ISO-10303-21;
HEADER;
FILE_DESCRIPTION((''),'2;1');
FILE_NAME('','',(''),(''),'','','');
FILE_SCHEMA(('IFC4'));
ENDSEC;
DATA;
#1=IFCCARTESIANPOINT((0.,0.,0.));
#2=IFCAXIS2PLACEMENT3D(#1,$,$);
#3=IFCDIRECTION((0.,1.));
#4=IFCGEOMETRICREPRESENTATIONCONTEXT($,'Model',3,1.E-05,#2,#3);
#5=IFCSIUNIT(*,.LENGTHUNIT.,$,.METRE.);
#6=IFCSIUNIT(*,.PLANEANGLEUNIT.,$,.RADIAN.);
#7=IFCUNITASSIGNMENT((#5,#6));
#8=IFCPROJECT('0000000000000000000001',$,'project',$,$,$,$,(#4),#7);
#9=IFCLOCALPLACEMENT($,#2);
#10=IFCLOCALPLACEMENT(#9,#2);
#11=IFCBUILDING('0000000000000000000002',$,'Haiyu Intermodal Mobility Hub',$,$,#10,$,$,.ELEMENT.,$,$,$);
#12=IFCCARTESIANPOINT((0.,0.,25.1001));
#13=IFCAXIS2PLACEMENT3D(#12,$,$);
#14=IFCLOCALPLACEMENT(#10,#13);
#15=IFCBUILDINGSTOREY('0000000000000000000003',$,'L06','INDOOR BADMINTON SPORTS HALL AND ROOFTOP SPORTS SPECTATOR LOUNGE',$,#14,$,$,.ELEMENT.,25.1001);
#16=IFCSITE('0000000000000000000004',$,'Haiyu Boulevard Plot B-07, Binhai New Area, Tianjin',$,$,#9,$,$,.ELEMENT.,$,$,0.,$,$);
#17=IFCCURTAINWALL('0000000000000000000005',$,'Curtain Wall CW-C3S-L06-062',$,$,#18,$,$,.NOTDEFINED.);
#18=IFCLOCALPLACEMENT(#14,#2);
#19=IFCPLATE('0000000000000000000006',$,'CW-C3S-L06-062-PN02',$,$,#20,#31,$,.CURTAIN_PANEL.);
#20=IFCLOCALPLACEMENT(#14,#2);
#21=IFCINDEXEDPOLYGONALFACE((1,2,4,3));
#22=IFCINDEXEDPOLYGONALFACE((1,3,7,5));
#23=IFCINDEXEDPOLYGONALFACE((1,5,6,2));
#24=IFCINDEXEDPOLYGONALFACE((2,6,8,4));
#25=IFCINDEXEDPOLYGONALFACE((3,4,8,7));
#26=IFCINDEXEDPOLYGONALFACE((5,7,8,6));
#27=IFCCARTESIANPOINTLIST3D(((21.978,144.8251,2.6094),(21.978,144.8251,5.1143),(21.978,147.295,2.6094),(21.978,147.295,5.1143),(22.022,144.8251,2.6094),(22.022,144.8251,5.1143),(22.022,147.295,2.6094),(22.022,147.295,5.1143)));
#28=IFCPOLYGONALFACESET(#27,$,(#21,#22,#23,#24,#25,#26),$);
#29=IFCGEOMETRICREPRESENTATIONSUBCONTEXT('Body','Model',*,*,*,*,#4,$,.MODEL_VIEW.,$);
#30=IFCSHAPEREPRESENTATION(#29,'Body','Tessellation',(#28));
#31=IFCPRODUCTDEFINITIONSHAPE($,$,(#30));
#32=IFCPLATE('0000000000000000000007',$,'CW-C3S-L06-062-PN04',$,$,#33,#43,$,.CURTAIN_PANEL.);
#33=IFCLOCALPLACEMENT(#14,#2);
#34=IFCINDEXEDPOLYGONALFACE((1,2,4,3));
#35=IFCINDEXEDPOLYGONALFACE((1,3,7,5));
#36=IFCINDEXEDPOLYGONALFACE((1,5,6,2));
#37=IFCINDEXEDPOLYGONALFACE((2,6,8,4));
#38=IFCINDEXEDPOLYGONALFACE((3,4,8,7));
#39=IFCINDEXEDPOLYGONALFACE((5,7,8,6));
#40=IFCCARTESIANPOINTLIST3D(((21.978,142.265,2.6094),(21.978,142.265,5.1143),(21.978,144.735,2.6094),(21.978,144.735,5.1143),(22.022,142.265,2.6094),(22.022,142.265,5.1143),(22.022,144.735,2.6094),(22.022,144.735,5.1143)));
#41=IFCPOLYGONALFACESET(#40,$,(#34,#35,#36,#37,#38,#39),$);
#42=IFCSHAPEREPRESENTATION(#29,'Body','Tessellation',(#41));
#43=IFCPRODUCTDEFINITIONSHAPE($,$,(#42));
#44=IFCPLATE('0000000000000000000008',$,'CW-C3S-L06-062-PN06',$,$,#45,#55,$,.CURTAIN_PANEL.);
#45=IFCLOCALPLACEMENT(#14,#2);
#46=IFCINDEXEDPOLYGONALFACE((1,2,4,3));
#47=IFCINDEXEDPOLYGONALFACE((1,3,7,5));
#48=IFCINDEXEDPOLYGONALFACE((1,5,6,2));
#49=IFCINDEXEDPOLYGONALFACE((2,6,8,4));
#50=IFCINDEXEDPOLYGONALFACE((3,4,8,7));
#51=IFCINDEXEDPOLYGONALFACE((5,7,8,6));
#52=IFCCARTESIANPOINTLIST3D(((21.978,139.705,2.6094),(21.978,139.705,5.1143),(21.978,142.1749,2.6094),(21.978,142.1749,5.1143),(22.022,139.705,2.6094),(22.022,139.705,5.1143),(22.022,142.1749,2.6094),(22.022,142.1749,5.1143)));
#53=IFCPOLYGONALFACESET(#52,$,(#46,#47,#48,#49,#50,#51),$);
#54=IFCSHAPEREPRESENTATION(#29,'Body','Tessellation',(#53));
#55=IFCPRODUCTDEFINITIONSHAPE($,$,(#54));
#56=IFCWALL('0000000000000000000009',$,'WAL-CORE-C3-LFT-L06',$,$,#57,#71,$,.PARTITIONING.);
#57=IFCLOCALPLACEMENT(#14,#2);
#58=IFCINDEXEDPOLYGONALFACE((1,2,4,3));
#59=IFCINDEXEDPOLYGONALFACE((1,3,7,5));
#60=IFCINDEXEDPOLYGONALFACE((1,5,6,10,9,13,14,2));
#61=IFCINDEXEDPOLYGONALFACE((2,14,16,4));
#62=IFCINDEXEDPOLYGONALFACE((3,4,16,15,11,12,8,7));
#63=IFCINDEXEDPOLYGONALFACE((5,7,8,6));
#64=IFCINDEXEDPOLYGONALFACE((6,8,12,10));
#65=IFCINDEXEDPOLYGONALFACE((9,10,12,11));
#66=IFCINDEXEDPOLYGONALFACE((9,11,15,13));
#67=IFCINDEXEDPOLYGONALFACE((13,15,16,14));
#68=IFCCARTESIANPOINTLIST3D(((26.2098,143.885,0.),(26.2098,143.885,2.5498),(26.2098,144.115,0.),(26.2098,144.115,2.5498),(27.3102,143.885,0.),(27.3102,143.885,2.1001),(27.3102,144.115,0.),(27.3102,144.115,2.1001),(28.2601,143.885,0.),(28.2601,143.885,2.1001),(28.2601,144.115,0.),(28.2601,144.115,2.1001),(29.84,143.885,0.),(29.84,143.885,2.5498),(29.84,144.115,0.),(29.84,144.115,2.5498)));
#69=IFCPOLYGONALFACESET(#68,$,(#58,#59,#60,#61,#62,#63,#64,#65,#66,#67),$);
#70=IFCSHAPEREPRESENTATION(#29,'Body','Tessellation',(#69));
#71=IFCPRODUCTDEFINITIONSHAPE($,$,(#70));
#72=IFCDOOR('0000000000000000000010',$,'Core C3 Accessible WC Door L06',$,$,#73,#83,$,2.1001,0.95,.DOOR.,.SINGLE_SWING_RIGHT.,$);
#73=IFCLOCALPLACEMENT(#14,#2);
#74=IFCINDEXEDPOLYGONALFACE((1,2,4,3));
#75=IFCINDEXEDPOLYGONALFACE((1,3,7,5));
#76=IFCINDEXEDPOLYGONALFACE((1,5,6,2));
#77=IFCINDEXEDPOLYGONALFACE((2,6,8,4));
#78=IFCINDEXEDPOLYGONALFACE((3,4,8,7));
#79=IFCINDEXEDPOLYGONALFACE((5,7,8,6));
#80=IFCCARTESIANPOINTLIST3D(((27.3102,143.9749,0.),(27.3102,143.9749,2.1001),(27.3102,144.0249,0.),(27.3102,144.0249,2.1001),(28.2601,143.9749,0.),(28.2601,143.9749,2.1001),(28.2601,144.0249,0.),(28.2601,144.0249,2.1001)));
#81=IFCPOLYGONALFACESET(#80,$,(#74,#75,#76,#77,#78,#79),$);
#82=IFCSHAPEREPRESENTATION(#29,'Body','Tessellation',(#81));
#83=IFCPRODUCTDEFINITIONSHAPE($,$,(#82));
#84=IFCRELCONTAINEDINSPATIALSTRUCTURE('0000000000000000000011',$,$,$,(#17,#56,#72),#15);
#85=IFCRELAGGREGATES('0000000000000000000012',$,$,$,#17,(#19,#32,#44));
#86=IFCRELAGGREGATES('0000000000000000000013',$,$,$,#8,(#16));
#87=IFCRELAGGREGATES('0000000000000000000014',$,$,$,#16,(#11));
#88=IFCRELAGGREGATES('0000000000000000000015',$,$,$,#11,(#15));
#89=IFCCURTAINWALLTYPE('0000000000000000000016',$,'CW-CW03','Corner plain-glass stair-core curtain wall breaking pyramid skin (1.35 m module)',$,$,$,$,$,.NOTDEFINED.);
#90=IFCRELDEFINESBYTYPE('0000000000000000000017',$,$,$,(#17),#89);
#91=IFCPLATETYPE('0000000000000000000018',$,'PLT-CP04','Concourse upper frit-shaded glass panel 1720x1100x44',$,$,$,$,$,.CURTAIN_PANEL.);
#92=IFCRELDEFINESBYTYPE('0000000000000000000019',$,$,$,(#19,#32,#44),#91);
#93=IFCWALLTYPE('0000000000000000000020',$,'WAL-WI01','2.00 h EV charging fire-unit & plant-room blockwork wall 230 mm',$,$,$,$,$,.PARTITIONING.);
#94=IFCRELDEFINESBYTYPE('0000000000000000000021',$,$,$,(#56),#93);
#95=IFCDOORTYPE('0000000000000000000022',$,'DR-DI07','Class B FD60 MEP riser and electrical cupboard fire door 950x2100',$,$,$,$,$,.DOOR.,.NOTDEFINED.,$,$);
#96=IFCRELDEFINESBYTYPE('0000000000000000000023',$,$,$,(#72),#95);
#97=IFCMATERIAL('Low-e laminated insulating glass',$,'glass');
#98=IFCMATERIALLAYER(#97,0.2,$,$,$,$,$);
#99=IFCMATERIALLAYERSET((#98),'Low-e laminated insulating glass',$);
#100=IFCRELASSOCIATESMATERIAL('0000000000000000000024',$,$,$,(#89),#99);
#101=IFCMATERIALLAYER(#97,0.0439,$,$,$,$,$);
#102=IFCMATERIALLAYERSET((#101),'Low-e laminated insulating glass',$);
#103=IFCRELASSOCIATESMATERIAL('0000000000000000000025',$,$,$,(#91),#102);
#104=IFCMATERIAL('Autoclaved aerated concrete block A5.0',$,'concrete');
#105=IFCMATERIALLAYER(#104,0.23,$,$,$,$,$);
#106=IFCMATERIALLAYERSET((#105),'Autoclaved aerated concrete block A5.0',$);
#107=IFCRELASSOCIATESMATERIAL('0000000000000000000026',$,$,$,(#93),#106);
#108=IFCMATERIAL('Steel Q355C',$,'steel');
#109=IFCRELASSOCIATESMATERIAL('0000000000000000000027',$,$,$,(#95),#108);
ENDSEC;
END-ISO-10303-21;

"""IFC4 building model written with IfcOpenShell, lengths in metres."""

from ifc_helpers import new_model, si_unit, direction, frame, frame_2d, origin, origin_2d, place, context, subcontext, project, spatial, rectangle, extrude, material, layer, layer_set, type_object, element, fill, aggregate, save


model = new_model("IFC4")

# Units and contexts
model_context = context("Model", 3, precision=1e-05, world=origin(), true_north=direction((0.0, 1.0)))
body_context = subcontext(model_context, "Body", "Model", "MODEL_VIEW")
ifc_project = project(units=[si_unit("LENGTHUNIT", "METRE"), si_unit("PLANEANGLEUNIT", "RADIAN")], contexts=[model_context])

# Site, building, storey
site_placement = place(None, origin())
site = spatial("IfcSite", under=ifc_project, at=site_placement, Name="Haiyu Boulevard Plot B-07, Binhai New Area, Tianjin", CompositionType="ELEMENT", RefElevation=0.0)
building_placement = place(site_placement, origin())
building = spatial("IfcBuilding", under=site, at=building_placement, Name="Haiyu Intermodal Mobility Hub", CompositionType="ELEMENT")
storey_placement = place(building_placement, frame((0.0, 0.0, 25.1001)))
storey = spatial("IfcBuildingStorey", under=building, at=storey_placement, Name="L06", Description="INDOOR BADMINTON SPORTS HALL AND ROOFTOP SPORTS SPECTATOR LOUNGE", CompositionType="ELEMENT", Elevation=25.1001)

# Shared definitions
ifc_material_1 = material(Name="Steel Q355C", Category="steel")

# Curtain wall
ifc_material_2 = material(Name="Low-e laminated insulating glass", Category="glass")
ifc_layer_1 = layer(ifc_material_2, 0.2)
ifc_layer_set_1 = layer_set([ifc_layer_1], Name="Low-e laminated insulating glass")
curtain_wall_type = type_object("IfcCurtainWallType", Name="CW-CW03", Description="Corner plain-glass stair-core curtain wall breaking pyramid skin (1.35 m module)", PredefinedType="NOTDEFINED", material=ifc_layer_set_1)
curtain_wall_1_placement = place(storey_placement, origin())
curtain_wall_1 = element("IfcCurtainWall", 1, at=curtain_wall_1_placement, inside=storey, type_object=curtain_wall_type, Name="Curtain Wall CW-C3S-L06-062", PredefinedType="NOTDEFINED")

# Plates
ifc_layer_2 = layer(ifc_material_2, 0.0439)
ifc_layer_set_2 = layer_set([ifc_layer_2], Name="Low-e laminated insulating glass")
plate_type_1 = type_object("IfcPlateType", Name="PLT-CP04", Description="Concourse upper frit-shaded glass panel 1720x1100x44", PredefinedType="CURTAIN_PANEL", material=ifc_layer_set_2)
plate_1_placement = place(storey_placement, frame((22.0, 146.0601, 2.6094), z_axis=(0.0, 0.0, 1.0), x_axis=(0.0, -1.0, 0.0)))
plate_1 = element("IfcPlate", 2, at=plate_1_placement, type_object=plate_type_1, Name="CW-C3S-L06-062-PN02", PredefinedType="CURTAIN_PANEL", context=body_context, shape_type="SweptSolid", body=[
    extrude(rectangle(XDim=2.47, YDim=0.0439, at=origin_2d()), origin(), (0.0, 0.0, 1.0), 2.5049),
])
plate_2_placement = place(storey_placement, frame((22.0, 143.5, 2.6094), z_axis=(0.0, 0.0, 1.0), x_axis=(0.0, -1.0, 0.0)))
plate_2 = element("IfcPlate", 3, at=plate_2_placement, type_object=plate_type_1, Name="CW-C3S-L06-062-PN04", PredefinedType="CURTAIN_PANEL", context=body_context, shape_type="SweptSolid", body=[
    extrude(rectangle(XDim=2.47, YDim=0.0439, at=origin_2d()), origin(), (0.0, 0.0, 1.0), 2.5049),
])
plate_3_placement = place(storey_placement, frame((22.0, 140.9399, 2.6094), z_axis=(0.0, 0.0, 1.0), x_axis=(0.0, -1.0, 0.0)))
plate_3 = element("IfcPlate", 4, at=plate_3_placement, type_object=plate_type_1, Name="CW-C3S-L06-062-PN06", PredefinedType="CURTAIN_PANEL", context=body_context, shape_type="SweptSolid", body=[
    extrude(rectangle(XDim=2.47, YDim=0.0439, at=origin_2d()), origin(), (0.0, 0.0, 1.0), 2.5049),
])
aggregate(curtain_wall_1, [plate_1, plate_2, plate_3])

# Wall, opening, door
ifc_material_3 = material(Name="Autoclaved aerated concrete block A5.0", Category="concrete")
ifc_layer_3 = layer(ifc_material_3, 0.23)
ifc_layer_set_3 = layer_set([ifc_layer_3], Name="Autoclaved aerated concrete block A5.0")
wall_type = type_object("IfcWallType", Name="WAL-WI01", Description="2.00 h EV charging fire-unit & plant-room blockwork wall 230 mm", PredefinedType="PARTITIONING", material=ifc_layer_set_3)
wall_placement = place(storey_placement, frame((26.21, 144.0, 0.0), z_axis=(0.0, 0.0, 1.0), x_axis=(1.0, 0.0, 0.0)))
wall = element("IfcWall", 5, at=wall_placement, inside=storey, type_object=wall_type, Name="WAL-CORE-C3-LFT-L06", PredefinedType="PARTITIONING", context=body_context, shape_type="SweptSolid", body=[
    extrude(rectangle(XDim=3.6301, YDim=0.23, at=frame_2d((1.8149, 0.0))), origin(), (0.0, 0.0, 1.0), 2.5498),
])
opening_placement = place(wall_placement, frame((1.1001, 0.0, 0.0)))
opening = element("IfcOpeningElement", 6, at=opening_placement, cuts=wall, PredefinedType="OPENING", context=body_context, shape_type="SweptSolid", body=[
    extrude(rectangle(XDim=0.95, YDim=2.1001, at=frame_2d((0.4751, 1.05))), frame((0.0, 0.125, 0.0), z_axis=(0.0, -1.0, 0.0), x_axis=(1.0, 0.0, 0.0)), (0.0, 0.0, 1.0), 0.25),
])
door_type = type_object("IfcDoorType", Name="DR-DI07", Description="Class B FD60 MEP riser and electrical cupboard fire door 950x2100", OperationType="NOTDEFINED", PredefinedType="DOOR", material=ifc_material_1)
door_placement = place(opening_placement, origin())
door = element("IfcDoor", 7, at=door_placement, inside=storey, type_object=door_type, Name="Core C3 Accessible WC Door L06", OperationType="SINGLE_SWING_RIGHT", OverallHeight=2.1001, OverallWidth=0.95, PredefinedType="DOOR", context=body_context, shape_type="SweptSolid", body=[
    extrude(rectangle(XDim=0.95, YDim=2.1001, at=frame_2d((0.4751, 1.05))), frame((0.0, 0.0249, 0.0), z_axis=(0.0, -1.0, 0.0), x_axis=(1.0, 0.0, 0.0)), (0.0, 0.0, 1.0), 0.05),
])
fill(opening, door)

save(model, "model.ifc")
